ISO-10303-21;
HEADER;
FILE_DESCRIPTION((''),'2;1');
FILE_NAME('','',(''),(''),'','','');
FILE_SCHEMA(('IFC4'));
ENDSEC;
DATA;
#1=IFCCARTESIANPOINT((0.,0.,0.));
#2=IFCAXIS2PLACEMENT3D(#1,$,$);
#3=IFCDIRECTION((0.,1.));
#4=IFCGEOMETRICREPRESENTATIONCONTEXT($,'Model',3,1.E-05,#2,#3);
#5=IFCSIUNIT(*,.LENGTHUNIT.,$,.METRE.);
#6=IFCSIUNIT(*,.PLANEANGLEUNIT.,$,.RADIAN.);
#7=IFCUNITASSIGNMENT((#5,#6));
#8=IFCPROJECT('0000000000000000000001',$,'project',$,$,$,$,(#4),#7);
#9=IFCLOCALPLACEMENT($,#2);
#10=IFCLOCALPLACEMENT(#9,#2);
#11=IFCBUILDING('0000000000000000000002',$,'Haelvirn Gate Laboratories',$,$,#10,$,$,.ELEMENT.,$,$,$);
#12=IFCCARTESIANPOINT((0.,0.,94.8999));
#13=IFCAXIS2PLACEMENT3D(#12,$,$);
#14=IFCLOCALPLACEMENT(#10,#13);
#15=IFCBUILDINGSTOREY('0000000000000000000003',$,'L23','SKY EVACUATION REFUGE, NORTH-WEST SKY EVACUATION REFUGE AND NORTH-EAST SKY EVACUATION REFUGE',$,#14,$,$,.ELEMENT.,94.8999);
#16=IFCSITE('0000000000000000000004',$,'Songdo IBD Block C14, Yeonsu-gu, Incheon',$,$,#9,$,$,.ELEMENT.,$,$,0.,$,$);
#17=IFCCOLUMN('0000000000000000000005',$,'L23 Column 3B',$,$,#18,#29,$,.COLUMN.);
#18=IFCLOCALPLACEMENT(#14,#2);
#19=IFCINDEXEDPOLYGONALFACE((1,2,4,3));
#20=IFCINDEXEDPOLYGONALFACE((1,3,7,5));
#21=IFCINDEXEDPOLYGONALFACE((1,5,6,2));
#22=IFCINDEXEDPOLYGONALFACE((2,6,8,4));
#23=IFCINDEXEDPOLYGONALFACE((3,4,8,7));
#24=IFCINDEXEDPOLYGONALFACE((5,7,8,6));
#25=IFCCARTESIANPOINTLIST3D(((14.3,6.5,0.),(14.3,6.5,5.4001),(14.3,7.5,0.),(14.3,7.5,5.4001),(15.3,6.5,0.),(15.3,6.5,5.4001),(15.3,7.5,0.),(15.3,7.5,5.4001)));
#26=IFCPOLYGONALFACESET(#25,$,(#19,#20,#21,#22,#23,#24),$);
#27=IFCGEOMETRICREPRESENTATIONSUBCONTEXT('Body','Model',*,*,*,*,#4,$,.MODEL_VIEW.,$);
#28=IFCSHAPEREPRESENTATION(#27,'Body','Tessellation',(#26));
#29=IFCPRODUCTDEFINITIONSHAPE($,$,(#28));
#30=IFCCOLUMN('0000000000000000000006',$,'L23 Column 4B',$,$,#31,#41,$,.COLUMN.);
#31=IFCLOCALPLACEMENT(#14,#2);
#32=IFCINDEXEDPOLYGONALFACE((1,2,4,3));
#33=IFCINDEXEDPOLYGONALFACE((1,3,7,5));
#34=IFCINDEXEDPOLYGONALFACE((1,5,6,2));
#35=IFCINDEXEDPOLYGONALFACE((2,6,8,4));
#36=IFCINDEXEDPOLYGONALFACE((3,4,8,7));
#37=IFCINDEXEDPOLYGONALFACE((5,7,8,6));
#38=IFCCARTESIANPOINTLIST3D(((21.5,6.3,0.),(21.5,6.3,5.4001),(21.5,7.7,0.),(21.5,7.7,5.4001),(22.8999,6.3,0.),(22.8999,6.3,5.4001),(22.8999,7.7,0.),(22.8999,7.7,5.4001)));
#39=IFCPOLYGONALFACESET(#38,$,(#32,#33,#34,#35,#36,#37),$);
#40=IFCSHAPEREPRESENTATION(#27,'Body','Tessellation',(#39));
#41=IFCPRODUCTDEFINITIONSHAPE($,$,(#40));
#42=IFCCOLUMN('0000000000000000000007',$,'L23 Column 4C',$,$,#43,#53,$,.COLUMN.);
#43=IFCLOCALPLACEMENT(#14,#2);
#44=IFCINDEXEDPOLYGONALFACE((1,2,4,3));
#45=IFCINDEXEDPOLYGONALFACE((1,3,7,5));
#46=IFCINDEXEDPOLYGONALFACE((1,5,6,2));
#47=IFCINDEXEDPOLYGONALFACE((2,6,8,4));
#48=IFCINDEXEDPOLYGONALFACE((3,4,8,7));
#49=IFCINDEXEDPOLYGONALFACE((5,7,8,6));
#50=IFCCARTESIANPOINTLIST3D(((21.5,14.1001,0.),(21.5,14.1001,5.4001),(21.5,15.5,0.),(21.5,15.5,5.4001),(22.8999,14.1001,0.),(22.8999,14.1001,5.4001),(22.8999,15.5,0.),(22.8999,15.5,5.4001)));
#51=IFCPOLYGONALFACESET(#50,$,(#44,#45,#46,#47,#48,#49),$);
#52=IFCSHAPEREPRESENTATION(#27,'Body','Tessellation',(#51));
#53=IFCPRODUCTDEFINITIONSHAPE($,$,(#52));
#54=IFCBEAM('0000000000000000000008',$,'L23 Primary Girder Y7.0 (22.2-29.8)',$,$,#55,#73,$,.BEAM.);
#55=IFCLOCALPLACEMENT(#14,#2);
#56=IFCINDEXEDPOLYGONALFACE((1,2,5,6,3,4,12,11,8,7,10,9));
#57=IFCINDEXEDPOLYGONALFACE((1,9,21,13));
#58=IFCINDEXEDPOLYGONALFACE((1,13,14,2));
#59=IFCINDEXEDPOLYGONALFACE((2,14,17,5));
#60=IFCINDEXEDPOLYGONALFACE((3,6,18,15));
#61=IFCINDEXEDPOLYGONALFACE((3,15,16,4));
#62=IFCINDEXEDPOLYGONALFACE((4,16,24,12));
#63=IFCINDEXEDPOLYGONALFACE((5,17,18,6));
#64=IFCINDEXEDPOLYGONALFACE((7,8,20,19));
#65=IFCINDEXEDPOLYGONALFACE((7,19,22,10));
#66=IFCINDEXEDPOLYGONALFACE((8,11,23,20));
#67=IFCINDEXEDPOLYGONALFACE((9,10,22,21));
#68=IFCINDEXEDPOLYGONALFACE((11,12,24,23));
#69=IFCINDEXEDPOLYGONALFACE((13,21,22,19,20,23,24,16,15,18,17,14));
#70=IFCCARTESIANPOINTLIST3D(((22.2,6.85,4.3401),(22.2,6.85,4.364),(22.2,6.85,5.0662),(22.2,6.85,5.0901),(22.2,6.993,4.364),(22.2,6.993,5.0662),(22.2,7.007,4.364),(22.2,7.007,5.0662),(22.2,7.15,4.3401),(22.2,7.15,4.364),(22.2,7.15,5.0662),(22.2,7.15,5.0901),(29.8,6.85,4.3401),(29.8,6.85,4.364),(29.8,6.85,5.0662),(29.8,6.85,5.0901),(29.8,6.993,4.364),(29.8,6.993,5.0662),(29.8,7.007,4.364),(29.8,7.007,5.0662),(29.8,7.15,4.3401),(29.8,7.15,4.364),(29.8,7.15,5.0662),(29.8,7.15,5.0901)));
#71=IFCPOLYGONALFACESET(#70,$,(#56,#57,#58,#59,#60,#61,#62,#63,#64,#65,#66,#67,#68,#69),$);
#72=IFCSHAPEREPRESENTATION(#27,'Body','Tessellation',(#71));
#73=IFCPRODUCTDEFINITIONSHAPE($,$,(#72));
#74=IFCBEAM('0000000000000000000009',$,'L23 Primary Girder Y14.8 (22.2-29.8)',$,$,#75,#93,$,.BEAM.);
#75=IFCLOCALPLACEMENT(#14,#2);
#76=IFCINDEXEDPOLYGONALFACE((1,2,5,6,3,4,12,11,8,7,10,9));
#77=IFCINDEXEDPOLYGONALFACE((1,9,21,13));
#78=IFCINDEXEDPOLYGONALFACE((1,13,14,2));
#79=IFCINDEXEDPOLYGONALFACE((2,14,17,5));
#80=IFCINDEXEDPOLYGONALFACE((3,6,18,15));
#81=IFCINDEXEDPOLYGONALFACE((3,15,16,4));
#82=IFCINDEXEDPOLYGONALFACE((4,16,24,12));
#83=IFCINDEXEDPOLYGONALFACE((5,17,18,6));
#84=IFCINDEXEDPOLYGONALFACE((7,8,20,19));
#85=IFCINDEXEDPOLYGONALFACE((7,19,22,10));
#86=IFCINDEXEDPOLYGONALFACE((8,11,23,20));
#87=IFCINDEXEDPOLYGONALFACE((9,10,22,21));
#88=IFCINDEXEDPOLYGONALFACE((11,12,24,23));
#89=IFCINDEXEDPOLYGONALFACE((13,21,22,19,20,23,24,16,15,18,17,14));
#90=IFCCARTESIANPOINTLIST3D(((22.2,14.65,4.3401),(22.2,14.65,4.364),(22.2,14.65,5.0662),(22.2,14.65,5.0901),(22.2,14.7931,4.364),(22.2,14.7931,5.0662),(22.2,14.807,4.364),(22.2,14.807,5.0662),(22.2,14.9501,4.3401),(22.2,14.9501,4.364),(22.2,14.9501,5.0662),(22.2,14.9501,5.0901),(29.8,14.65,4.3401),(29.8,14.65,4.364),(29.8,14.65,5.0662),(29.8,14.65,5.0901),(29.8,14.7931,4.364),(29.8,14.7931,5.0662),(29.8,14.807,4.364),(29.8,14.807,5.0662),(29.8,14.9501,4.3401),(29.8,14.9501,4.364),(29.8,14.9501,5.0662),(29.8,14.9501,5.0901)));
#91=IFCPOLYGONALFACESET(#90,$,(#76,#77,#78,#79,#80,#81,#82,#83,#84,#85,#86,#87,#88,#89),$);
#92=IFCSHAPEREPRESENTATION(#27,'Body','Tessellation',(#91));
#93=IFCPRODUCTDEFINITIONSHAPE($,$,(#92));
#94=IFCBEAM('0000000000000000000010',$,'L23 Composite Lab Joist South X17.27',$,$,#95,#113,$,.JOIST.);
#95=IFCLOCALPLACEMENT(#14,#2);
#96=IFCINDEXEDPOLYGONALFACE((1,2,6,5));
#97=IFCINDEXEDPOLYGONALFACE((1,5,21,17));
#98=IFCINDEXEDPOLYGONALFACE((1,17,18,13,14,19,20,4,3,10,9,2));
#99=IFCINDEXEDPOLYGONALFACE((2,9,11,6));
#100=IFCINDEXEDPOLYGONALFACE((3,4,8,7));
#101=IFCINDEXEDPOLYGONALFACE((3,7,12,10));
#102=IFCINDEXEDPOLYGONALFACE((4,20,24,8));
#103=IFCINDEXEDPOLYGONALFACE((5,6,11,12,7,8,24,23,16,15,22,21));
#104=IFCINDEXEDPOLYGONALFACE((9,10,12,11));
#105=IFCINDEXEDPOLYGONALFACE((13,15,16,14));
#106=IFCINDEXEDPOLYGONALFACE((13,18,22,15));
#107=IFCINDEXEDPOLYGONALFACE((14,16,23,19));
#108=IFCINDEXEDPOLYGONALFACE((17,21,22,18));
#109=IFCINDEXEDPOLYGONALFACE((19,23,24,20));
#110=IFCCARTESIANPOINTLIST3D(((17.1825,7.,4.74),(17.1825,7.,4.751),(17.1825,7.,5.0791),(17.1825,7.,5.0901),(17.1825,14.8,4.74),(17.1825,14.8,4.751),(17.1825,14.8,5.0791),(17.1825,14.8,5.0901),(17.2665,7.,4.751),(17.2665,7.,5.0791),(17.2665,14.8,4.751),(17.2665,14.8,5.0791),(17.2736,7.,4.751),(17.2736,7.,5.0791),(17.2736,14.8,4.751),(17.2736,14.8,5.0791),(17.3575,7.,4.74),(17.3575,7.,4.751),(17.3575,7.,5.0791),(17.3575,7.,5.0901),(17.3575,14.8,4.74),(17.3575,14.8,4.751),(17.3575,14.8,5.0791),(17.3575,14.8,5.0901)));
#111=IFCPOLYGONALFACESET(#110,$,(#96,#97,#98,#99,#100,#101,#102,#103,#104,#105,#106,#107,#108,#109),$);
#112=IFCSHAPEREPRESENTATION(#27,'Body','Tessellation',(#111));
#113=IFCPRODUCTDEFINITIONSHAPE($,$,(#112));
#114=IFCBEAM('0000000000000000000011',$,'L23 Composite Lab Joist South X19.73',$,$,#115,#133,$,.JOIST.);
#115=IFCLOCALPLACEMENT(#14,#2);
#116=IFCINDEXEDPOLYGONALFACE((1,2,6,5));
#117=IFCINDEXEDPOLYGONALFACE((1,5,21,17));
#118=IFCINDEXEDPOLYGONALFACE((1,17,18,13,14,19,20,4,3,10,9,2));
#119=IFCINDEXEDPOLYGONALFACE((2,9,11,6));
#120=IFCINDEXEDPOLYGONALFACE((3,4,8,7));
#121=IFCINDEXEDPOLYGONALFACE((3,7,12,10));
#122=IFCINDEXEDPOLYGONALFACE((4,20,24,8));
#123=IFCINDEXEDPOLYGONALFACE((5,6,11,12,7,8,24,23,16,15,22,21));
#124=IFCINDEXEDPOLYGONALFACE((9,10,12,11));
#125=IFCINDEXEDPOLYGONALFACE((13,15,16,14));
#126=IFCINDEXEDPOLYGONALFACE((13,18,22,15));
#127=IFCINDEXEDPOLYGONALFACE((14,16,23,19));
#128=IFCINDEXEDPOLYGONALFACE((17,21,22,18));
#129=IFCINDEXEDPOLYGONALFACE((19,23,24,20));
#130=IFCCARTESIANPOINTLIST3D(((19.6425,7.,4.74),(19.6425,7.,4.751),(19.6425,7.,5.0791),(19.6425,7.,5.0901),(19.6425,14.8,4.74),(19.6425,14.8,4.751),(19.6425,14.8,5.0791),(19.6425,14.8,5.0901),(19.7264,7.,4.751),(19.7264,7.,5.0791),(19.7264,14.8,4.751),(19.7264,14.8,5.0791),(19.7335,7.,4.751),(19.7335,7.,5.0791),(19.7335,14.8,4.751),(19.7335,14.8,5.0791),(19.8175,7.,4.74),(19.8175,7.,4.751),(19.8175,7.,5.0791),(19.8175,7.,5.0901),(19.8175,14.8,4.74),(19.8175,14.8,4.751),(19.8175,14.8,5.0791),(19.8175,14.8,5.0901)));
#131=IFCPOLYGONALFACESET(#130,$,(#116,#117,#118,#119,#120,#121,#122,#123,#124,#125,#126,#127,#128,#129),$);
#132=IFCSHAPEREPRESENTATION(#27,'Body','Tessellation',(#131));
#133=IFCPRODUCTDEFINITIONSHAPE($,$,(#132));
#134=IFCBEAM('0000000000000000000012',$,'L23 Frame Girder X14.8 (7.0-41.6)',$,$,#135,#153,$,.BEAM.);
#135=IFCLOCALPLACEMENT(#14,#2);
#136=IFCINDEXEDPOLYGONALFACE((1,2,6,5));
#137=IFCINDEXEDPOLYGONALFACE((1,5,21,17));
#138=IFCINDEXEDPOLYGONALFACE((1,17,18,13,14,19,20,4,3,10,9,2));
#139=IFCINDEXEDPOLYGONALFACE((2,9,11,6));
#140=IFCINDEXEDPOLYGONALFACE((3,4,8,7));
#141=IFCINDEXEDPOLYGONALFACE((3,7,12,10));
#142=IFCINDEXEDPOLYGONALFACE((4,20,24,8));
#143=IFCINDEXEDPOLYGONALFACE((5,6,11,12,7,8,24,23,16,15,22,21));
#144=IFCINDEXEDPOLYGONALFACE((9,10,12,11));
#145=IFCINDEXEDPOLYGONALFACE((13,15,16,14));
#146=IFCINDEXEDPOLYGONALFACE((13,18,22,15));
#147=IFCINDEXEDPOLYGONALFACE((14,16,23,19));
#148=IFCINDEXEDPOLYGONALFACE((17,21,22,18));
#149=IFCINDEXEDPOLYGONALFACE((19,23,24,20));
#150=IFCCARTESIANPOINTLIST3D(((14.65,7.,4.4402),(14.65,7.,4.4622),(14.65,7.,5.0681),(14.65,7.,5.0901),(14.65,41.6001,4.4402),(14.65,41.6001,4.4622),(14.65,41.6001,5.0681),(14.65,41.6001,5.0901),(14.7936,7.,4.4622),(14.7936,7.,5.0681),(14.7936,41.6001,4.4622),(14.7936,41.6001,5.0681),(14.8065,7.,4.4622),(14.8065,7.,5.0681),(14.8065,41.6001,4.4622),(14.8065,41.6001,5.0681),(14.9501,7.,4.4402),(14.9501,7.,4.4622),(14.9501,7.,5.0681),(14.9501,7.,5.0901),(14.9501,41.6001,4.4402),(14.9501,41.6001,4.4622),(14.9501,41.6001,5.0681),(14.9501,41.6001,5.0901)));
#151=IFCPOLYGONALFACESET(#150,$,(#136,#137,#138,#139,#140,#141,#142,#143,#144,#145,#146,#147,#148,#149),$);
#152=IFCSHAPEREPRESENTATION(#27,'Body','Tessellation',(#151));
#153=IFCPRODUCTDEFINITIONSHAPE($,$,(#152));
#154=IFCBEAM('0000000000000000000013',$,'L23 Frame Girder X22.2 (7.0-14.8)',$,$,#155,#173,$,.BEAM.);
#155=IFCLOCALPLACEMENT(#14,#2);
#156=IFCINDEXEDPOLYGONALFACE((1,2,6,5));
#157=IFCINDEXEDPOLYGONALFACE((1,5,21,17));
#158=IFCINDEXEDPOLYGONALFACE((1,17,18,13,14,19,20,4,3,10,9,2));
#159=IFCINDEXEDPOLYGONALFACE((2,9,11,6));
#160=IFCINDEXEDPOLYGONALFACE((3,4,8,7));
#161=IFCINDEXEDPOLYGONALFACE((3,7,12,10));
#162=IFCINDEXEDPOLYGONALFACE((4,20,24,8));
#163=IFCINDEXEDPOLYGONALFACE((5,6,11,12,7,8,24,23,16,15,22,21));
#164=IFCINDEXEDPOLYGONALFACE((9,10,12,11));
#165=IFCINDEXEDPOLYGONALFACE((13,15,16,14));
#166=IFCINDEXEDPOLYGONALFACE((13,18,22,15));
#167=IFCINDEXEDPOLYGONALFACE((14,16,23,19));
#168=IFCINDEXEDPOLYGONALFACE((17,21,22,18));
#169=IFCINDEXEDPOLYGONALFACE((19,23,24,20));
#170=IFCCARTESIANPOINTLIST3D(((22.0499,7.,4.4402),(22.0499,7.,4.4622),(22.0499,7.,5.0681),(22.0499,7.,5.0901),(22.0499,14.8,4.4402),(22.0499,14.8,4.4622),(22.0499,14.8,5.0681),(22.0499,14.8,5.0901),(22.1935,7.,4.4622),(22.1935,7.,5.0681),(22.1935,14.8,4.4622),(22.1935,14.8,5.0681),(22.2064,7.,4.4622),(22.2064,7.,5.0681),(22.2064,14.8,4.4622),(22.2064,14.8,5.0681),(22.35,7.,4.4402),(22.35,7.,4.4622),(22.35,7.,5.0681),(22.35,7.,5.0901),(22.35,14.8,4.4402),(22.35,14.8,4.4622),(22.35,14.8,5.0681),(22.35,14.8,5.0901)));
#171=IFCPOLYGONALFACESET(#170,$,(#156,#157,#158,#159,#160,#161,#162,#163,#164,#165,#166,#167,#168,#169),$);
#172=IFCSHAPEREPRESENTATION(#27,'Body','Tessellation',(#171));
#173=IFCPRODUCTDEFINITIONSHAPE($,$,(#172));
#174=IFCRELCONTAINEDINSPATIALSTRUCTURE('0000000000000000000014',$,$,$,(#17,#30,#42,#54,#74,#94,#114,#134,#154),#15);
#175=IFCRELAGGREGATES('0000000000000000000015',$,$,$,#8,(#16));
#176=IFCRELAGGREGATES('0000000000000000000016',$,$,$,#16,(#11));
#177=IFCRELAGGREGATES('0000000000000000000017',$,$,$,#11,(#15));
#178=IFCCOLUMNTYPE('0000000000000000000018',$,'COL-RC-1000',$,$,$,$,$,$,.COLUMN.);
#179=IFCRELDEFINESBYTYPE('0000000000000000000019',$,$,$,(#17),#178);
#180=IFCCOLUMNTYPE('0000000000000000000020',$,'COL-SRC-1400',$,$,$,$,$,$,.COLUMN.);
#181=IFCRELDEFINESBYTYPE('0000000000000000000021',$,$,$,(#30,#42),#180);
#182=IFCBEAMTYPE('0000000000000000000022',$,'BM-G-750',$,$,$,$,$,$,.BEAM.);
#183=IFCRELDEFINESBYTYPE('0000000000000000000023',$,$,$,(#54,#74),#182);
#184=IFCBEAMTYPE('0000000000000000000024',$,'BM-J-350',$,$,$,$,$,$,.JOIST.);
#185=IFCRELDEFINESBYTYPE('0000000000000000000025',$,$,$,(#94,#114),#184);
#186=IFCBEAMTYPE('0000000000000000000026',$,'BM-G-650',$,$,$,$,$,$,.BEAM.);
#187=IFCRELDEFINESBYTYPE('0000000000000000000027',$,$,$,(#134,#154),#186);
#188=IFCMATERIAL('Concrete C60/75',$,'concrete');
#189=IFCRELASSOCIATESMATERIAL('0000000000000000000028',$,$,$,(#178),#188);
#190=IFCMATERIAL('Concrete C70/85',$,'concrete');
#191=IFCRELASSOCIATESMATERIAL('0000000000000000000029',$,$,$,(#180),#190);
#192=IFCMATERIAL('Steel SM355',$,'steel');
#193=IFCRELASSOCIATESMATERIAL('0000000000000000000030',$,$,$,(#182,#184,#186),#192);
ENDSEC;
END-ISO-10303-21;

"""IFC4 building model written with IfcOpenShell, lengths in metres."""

from ifc_helpers import new_model, si_unit, direction, frame, origin, origin_2d, place, context, subcontext, project, spatial, rectangle, i_section, extrude, source, transform, mapped, material, material_profile, profile_set, type_object, type_shapes, element, save


model = new_model("IFC4")

# Units and contexts
model_context = context("Model", 3, precision=1e-05, world=origin(), true_north=direction((0.0, 1.0)))
body_context = subcontext(model_context, "Body", "Model", "MODEL_VIEW")
ifc_project = project(units=[si_unit("LENGTHUNIT", "METRE"), si_unit("PLANEANGLEUNIT", "RADIAN")], contexts=[model_context])

# Site, building, storey
site_placement = place(None, origin())
site = spatial("IfcSite", under=ifc_project, at=site_placement, Name="Songdo IBD Block C14, Yeonsu-gu, Incheon", CompositionType="ELEMENT", RefElevation=0.0)
building_placement = place(site_placement, origin())
building = spatial("IfcBuilding", under=site, at=building_placement, Name="Haelvirn Gate Laboratories", CompositionType="ELEMENT")
storey_placement = place(building_placement, frame((0.0, 0.0, 94.8999)))
storey = spatial("IfcBuildingStorey", under=building, at=storey_placement, Name="L23", Description="SKY EVACUATION REFUGE, NORTH-WEST SKY EVACUATION REFUGE AND NORTH-EAST SKY EVACUATION REFUGE", CompositionType="ELEMENT", Elevation=94.8999)

# Columns
ifc_material_1 = material(Name="Concrete C60/75", Category="concrete")
ifc_material_profile_1 = material_profile(ifc_material_1, rectangle(XDim=1.0, YDim=1.0, at=origin_2d()), Name="RC-1000x1000")
ifc_profile_set_1 = profile_set([ifc_material_profile_1], Name="Concrete C60/75")
column_type_1 = type_object("IfcColumnType", Name="COL-RC-1000", PredefinedType="COLUMN", material=ifc_profile_set_1)
shared_shape_1 = source(origin(), body_context, "Body", "SweptSolid", [
    extrude(rectangle(XDim=1.0, YDim=1.0, at=origin_2d()), origin(), (0.0, 0.0, 1.0), 5.4001),
])
type_shapes(column_type_1, [shared_shape_1])
column_placement = place(storey_placement, frame((14.8, 7.0, 0.0), z_axis=(0.0, 0.0, 1.0), x_axis=(1.0, 0.0, 0.0)))
element("IfcColumn", 1, at=column_placement, inside=storey, type_object=column_type_1, Name="L23 Column 3B", PredefinedType="COLUMN", context=body_context, shape_type="MappedRepresentation", body=[
    mapped(shared_shape_1, transform((0.0, 0.0, 0.0), scale=1.0)),
])
ifc_material_2 = material(Name="Concrete C70/85", Category="concrete")
ifc_material_profile_2 = material_profile(ifc_material_2, rectangle(XDim=1.3999, YDim=1.3999, at=origin_2d()), Name="SRC-1400x1400")
ifc_profile_set_2 = profile_set([ifc_material_profile_2], Name="Concrete C70/85")
column_type_2 = type_object("IfcColumnType", Name="COL-SRC-1400", PredefinedType="COLUMN", material=ifc_profile_set_2)
shared_shape_2 = source(origin(), body_context, "Body", "SweptSolid", [
    extrude(rectangle(XDim=1.3999, YDim=1.3999, at=origin_2d()), origin(), (0.0, 0.0, 1.0), 5.4001),
])
type_shapes(column_type_2, [shared_shape_2])
for number, where, z_axis, x_axis, name in (
    (2, (22.2, 7.0, 0.0), (0.0, 0.0, 1.0), (1.0, 0.0, 0.0), "L23 Column 4B"),
    (3, (22.2, 14.8, 0.0), (0.0, 0.0, 1.0), (1.0, 0.0, 0.0), "L23 Column 4C"),
):
    element("IfcColumn", number, at=place(storey_placement, frame(where, z_axis=z_axis, x_axis=x_axis)), inside=storey, type_object=column_type_2, Name=name, PredefinedType="COLUMN", context=body_context, shape_type="MappedRepresentation", body=[
        mapped(shared_shape_2, transform((0.0, 0.0, 0.0), scale=1.0)),
    ])

# Beams
ifc_material_3 = material(Name="Steel SM355", Category="steel")
ifc_material_profile_3 = material_profile(ifc_material_3, i_section(OverallWidth=0.3, OverallDepth=0.75, WebThickness=0.0139, FlangeThickness=0.0239, at=origin_2d()), Name="H-750x300x14x24")
ifc_profile_set_3 = profile_set([ifc_material_profile_3], Name="Steel SM355")
beam_type_1 = type_object("IfcBeamType", Name="BM-G-750", PredefinedType="BEAM", material=ifc_profile_set_3)
shared_shape_3 = source(origin(), body_context, "Body", "SweptSolid", [
    extrude(i_section(OverallWidth=0.3, OverallDepth=0.75, WebThickness=0.0139, FlangeThickness=0.0239, at=origin_2d()), origin(), (0.0, 0.0, 1.0), 7.6001),
])
type_shapes(beam_type_1, [shared_shape_3])
for number, where, z_axis, x_axis, name in (
    (4, (22.2, 7.0, 4.7151), (1.0, 0.0, 0.0), (0.0, 1.0, 0.0), "L23 Primary Girder Y7.0 (22.2-29.8)"),
    (5, (22.2, 14.8, 4.7151), (1.0, 0.0, 0.0), (0.0, 1.0, 0.0), "L23 Primary Girder Y14.8 (22.2-29.8)"),
):
    element("IfcBeam", number, at=place(storey_placement, frame(where, z_axis=z_axis, x_axis=x_axis)), inside=storey, type_object=beam_type_1, Name=name, PredefinedType="BEAM", context=body_context, shape_type="MappedRepresentation", body=[
        mapped(shared_shape_3, transform((0.0, 0.0, 0.0), scale=1.0)),
    ])
ifc_material_profile_4 = material_profile(ifc_material_3, i_section(OverallWidth=0.175, OverallDepth=0.3501, WebThickness=0.0071, FlangeThickness=0.011, at=origin_2d()), Name="H-350x175x7x11")
ifc_profile_set_4 = profile_set([ifc_material_profile_4], Name="Steel SM355")
beam_type_2 = type_object("IfcBeamType", Name="BM-J-350", PredefinedType="JOIST", material=ifc_profile_set_4)
shared_shape_4 = source(origin(), body_context, "Body", "SweptSolid", [
    extrude(i_section(OverallWidth=0.175, OverallDepth=0.3501, WebThickness=0.0071, FlangeThickness=0.011, at=origin_2d()), origin(), (0.0, 0.0, 1.0), 7.8),
])
type_shapes(beam_type_2, [shared_shape_4])
for number, where, z_axis, x_axis, name in (
    (6, (17.27, 7.0, 4.915), (0.0, 1.0, 0.0), (-1.0, 0.0, 0.0), "L23 Composite Lab Joist South X17.27"),
    (7, (19.73, 7.0, 4.915), (0.0, 1.0, 0.0), (-1.0, 0.0, 0.0), "L23 Composite Lab Joist South X19.73"),
):
    element("IfcBeam", number, at=place(storey_placement, frame(where, z_axis=z_axis, x_axis=x_axis)), inside=storey, type_object=beam_type_2, Name=name, PredefinedType="JOIST", context=body_context, shape_type="MappedRepresentation", body=[
        mapped(shared_shape_4, transform((0.0, 0.0, 0.0), scale=1.0)),
    ])
ifc_material_profile_5 = material_profile(ifc_material_3, i_section(OverallWidth=0.3, OverallDepth=0.6499, WebThickness=0.0129, FlangeThickness=0.022, at=origin_2d()), Name="H-650x300x13x22")
ifc_profile_set_5 = profile_set([ifc_material_profile_5], Name="Steel SM355")
beam_type_3 = type_object("IfcBeamType", Name="BM-G-650", PredefinedType="BEAM", material=ifc_profile_set_5)
shared_shape_5 = source(origin(), body_context, "Body", "SweptSolid", [
    extrude(i_section(OverallWidth=0.3, OverallDepth=0.6499, WebThickness=0.0129, FlangeThickness=0.022, at=origin_2d()), origin(), (0.0, 0.0, 1.0), 34.6001),
])
beam_1_placement = place(storey_placement, frame((14.8, 7.0, 4.7651), z_axis=(0.0, 1.0, 0.0), x_axis=(-1.0, 0.0, 0.0)))
element("IfcBeam", 8, at=beam_1_placement, inside=storey, type_object=beam_type_3, Name="L23 Frame Girder X14.8 (7.0-41.6)", PredefinedType="BEAM", context=body_context, shape_type="MappedRepresentation", body=[
    mapped(shared_shape_5, transform((0.0, 0.0, 0.0), scale=1.0)),
])
shared_shape_6 = source(origin(), body_context, "Body", "SweptSolid", [
    extrude(i_section(OverallWidth=0.3, OverallDepth=0.6499, WebThickness=0.0129, FlangeThickness=0.022, at=origin_2d()), origin(), (0.0, 0.0, 1.0), 7.8),
])
type_shapes(beam_type_3, [shared_shape_5, shared_shape_6])
beam_2_placement = place(storey_placement, frame((22.2, 7.0, 4.7651), z_axis=(0.0, 1.0, 0.0), x_axis=(-1.0, 0.0, 0.0)))
element("IfcBeam", 9, at=beam_2_placement, inside=storey, type_object=beam_type_3, Name="L23 Frame Girder X22.2 (7.0-14.8)", PredefinedType="BEAM", context=body_context, shape_type="MappedRepresentation", body=[
    mapped(shared_shape_6, transform((0.0, 0.0, 0.0), scale=1.0)),
])

save(model, "model.ifc")
